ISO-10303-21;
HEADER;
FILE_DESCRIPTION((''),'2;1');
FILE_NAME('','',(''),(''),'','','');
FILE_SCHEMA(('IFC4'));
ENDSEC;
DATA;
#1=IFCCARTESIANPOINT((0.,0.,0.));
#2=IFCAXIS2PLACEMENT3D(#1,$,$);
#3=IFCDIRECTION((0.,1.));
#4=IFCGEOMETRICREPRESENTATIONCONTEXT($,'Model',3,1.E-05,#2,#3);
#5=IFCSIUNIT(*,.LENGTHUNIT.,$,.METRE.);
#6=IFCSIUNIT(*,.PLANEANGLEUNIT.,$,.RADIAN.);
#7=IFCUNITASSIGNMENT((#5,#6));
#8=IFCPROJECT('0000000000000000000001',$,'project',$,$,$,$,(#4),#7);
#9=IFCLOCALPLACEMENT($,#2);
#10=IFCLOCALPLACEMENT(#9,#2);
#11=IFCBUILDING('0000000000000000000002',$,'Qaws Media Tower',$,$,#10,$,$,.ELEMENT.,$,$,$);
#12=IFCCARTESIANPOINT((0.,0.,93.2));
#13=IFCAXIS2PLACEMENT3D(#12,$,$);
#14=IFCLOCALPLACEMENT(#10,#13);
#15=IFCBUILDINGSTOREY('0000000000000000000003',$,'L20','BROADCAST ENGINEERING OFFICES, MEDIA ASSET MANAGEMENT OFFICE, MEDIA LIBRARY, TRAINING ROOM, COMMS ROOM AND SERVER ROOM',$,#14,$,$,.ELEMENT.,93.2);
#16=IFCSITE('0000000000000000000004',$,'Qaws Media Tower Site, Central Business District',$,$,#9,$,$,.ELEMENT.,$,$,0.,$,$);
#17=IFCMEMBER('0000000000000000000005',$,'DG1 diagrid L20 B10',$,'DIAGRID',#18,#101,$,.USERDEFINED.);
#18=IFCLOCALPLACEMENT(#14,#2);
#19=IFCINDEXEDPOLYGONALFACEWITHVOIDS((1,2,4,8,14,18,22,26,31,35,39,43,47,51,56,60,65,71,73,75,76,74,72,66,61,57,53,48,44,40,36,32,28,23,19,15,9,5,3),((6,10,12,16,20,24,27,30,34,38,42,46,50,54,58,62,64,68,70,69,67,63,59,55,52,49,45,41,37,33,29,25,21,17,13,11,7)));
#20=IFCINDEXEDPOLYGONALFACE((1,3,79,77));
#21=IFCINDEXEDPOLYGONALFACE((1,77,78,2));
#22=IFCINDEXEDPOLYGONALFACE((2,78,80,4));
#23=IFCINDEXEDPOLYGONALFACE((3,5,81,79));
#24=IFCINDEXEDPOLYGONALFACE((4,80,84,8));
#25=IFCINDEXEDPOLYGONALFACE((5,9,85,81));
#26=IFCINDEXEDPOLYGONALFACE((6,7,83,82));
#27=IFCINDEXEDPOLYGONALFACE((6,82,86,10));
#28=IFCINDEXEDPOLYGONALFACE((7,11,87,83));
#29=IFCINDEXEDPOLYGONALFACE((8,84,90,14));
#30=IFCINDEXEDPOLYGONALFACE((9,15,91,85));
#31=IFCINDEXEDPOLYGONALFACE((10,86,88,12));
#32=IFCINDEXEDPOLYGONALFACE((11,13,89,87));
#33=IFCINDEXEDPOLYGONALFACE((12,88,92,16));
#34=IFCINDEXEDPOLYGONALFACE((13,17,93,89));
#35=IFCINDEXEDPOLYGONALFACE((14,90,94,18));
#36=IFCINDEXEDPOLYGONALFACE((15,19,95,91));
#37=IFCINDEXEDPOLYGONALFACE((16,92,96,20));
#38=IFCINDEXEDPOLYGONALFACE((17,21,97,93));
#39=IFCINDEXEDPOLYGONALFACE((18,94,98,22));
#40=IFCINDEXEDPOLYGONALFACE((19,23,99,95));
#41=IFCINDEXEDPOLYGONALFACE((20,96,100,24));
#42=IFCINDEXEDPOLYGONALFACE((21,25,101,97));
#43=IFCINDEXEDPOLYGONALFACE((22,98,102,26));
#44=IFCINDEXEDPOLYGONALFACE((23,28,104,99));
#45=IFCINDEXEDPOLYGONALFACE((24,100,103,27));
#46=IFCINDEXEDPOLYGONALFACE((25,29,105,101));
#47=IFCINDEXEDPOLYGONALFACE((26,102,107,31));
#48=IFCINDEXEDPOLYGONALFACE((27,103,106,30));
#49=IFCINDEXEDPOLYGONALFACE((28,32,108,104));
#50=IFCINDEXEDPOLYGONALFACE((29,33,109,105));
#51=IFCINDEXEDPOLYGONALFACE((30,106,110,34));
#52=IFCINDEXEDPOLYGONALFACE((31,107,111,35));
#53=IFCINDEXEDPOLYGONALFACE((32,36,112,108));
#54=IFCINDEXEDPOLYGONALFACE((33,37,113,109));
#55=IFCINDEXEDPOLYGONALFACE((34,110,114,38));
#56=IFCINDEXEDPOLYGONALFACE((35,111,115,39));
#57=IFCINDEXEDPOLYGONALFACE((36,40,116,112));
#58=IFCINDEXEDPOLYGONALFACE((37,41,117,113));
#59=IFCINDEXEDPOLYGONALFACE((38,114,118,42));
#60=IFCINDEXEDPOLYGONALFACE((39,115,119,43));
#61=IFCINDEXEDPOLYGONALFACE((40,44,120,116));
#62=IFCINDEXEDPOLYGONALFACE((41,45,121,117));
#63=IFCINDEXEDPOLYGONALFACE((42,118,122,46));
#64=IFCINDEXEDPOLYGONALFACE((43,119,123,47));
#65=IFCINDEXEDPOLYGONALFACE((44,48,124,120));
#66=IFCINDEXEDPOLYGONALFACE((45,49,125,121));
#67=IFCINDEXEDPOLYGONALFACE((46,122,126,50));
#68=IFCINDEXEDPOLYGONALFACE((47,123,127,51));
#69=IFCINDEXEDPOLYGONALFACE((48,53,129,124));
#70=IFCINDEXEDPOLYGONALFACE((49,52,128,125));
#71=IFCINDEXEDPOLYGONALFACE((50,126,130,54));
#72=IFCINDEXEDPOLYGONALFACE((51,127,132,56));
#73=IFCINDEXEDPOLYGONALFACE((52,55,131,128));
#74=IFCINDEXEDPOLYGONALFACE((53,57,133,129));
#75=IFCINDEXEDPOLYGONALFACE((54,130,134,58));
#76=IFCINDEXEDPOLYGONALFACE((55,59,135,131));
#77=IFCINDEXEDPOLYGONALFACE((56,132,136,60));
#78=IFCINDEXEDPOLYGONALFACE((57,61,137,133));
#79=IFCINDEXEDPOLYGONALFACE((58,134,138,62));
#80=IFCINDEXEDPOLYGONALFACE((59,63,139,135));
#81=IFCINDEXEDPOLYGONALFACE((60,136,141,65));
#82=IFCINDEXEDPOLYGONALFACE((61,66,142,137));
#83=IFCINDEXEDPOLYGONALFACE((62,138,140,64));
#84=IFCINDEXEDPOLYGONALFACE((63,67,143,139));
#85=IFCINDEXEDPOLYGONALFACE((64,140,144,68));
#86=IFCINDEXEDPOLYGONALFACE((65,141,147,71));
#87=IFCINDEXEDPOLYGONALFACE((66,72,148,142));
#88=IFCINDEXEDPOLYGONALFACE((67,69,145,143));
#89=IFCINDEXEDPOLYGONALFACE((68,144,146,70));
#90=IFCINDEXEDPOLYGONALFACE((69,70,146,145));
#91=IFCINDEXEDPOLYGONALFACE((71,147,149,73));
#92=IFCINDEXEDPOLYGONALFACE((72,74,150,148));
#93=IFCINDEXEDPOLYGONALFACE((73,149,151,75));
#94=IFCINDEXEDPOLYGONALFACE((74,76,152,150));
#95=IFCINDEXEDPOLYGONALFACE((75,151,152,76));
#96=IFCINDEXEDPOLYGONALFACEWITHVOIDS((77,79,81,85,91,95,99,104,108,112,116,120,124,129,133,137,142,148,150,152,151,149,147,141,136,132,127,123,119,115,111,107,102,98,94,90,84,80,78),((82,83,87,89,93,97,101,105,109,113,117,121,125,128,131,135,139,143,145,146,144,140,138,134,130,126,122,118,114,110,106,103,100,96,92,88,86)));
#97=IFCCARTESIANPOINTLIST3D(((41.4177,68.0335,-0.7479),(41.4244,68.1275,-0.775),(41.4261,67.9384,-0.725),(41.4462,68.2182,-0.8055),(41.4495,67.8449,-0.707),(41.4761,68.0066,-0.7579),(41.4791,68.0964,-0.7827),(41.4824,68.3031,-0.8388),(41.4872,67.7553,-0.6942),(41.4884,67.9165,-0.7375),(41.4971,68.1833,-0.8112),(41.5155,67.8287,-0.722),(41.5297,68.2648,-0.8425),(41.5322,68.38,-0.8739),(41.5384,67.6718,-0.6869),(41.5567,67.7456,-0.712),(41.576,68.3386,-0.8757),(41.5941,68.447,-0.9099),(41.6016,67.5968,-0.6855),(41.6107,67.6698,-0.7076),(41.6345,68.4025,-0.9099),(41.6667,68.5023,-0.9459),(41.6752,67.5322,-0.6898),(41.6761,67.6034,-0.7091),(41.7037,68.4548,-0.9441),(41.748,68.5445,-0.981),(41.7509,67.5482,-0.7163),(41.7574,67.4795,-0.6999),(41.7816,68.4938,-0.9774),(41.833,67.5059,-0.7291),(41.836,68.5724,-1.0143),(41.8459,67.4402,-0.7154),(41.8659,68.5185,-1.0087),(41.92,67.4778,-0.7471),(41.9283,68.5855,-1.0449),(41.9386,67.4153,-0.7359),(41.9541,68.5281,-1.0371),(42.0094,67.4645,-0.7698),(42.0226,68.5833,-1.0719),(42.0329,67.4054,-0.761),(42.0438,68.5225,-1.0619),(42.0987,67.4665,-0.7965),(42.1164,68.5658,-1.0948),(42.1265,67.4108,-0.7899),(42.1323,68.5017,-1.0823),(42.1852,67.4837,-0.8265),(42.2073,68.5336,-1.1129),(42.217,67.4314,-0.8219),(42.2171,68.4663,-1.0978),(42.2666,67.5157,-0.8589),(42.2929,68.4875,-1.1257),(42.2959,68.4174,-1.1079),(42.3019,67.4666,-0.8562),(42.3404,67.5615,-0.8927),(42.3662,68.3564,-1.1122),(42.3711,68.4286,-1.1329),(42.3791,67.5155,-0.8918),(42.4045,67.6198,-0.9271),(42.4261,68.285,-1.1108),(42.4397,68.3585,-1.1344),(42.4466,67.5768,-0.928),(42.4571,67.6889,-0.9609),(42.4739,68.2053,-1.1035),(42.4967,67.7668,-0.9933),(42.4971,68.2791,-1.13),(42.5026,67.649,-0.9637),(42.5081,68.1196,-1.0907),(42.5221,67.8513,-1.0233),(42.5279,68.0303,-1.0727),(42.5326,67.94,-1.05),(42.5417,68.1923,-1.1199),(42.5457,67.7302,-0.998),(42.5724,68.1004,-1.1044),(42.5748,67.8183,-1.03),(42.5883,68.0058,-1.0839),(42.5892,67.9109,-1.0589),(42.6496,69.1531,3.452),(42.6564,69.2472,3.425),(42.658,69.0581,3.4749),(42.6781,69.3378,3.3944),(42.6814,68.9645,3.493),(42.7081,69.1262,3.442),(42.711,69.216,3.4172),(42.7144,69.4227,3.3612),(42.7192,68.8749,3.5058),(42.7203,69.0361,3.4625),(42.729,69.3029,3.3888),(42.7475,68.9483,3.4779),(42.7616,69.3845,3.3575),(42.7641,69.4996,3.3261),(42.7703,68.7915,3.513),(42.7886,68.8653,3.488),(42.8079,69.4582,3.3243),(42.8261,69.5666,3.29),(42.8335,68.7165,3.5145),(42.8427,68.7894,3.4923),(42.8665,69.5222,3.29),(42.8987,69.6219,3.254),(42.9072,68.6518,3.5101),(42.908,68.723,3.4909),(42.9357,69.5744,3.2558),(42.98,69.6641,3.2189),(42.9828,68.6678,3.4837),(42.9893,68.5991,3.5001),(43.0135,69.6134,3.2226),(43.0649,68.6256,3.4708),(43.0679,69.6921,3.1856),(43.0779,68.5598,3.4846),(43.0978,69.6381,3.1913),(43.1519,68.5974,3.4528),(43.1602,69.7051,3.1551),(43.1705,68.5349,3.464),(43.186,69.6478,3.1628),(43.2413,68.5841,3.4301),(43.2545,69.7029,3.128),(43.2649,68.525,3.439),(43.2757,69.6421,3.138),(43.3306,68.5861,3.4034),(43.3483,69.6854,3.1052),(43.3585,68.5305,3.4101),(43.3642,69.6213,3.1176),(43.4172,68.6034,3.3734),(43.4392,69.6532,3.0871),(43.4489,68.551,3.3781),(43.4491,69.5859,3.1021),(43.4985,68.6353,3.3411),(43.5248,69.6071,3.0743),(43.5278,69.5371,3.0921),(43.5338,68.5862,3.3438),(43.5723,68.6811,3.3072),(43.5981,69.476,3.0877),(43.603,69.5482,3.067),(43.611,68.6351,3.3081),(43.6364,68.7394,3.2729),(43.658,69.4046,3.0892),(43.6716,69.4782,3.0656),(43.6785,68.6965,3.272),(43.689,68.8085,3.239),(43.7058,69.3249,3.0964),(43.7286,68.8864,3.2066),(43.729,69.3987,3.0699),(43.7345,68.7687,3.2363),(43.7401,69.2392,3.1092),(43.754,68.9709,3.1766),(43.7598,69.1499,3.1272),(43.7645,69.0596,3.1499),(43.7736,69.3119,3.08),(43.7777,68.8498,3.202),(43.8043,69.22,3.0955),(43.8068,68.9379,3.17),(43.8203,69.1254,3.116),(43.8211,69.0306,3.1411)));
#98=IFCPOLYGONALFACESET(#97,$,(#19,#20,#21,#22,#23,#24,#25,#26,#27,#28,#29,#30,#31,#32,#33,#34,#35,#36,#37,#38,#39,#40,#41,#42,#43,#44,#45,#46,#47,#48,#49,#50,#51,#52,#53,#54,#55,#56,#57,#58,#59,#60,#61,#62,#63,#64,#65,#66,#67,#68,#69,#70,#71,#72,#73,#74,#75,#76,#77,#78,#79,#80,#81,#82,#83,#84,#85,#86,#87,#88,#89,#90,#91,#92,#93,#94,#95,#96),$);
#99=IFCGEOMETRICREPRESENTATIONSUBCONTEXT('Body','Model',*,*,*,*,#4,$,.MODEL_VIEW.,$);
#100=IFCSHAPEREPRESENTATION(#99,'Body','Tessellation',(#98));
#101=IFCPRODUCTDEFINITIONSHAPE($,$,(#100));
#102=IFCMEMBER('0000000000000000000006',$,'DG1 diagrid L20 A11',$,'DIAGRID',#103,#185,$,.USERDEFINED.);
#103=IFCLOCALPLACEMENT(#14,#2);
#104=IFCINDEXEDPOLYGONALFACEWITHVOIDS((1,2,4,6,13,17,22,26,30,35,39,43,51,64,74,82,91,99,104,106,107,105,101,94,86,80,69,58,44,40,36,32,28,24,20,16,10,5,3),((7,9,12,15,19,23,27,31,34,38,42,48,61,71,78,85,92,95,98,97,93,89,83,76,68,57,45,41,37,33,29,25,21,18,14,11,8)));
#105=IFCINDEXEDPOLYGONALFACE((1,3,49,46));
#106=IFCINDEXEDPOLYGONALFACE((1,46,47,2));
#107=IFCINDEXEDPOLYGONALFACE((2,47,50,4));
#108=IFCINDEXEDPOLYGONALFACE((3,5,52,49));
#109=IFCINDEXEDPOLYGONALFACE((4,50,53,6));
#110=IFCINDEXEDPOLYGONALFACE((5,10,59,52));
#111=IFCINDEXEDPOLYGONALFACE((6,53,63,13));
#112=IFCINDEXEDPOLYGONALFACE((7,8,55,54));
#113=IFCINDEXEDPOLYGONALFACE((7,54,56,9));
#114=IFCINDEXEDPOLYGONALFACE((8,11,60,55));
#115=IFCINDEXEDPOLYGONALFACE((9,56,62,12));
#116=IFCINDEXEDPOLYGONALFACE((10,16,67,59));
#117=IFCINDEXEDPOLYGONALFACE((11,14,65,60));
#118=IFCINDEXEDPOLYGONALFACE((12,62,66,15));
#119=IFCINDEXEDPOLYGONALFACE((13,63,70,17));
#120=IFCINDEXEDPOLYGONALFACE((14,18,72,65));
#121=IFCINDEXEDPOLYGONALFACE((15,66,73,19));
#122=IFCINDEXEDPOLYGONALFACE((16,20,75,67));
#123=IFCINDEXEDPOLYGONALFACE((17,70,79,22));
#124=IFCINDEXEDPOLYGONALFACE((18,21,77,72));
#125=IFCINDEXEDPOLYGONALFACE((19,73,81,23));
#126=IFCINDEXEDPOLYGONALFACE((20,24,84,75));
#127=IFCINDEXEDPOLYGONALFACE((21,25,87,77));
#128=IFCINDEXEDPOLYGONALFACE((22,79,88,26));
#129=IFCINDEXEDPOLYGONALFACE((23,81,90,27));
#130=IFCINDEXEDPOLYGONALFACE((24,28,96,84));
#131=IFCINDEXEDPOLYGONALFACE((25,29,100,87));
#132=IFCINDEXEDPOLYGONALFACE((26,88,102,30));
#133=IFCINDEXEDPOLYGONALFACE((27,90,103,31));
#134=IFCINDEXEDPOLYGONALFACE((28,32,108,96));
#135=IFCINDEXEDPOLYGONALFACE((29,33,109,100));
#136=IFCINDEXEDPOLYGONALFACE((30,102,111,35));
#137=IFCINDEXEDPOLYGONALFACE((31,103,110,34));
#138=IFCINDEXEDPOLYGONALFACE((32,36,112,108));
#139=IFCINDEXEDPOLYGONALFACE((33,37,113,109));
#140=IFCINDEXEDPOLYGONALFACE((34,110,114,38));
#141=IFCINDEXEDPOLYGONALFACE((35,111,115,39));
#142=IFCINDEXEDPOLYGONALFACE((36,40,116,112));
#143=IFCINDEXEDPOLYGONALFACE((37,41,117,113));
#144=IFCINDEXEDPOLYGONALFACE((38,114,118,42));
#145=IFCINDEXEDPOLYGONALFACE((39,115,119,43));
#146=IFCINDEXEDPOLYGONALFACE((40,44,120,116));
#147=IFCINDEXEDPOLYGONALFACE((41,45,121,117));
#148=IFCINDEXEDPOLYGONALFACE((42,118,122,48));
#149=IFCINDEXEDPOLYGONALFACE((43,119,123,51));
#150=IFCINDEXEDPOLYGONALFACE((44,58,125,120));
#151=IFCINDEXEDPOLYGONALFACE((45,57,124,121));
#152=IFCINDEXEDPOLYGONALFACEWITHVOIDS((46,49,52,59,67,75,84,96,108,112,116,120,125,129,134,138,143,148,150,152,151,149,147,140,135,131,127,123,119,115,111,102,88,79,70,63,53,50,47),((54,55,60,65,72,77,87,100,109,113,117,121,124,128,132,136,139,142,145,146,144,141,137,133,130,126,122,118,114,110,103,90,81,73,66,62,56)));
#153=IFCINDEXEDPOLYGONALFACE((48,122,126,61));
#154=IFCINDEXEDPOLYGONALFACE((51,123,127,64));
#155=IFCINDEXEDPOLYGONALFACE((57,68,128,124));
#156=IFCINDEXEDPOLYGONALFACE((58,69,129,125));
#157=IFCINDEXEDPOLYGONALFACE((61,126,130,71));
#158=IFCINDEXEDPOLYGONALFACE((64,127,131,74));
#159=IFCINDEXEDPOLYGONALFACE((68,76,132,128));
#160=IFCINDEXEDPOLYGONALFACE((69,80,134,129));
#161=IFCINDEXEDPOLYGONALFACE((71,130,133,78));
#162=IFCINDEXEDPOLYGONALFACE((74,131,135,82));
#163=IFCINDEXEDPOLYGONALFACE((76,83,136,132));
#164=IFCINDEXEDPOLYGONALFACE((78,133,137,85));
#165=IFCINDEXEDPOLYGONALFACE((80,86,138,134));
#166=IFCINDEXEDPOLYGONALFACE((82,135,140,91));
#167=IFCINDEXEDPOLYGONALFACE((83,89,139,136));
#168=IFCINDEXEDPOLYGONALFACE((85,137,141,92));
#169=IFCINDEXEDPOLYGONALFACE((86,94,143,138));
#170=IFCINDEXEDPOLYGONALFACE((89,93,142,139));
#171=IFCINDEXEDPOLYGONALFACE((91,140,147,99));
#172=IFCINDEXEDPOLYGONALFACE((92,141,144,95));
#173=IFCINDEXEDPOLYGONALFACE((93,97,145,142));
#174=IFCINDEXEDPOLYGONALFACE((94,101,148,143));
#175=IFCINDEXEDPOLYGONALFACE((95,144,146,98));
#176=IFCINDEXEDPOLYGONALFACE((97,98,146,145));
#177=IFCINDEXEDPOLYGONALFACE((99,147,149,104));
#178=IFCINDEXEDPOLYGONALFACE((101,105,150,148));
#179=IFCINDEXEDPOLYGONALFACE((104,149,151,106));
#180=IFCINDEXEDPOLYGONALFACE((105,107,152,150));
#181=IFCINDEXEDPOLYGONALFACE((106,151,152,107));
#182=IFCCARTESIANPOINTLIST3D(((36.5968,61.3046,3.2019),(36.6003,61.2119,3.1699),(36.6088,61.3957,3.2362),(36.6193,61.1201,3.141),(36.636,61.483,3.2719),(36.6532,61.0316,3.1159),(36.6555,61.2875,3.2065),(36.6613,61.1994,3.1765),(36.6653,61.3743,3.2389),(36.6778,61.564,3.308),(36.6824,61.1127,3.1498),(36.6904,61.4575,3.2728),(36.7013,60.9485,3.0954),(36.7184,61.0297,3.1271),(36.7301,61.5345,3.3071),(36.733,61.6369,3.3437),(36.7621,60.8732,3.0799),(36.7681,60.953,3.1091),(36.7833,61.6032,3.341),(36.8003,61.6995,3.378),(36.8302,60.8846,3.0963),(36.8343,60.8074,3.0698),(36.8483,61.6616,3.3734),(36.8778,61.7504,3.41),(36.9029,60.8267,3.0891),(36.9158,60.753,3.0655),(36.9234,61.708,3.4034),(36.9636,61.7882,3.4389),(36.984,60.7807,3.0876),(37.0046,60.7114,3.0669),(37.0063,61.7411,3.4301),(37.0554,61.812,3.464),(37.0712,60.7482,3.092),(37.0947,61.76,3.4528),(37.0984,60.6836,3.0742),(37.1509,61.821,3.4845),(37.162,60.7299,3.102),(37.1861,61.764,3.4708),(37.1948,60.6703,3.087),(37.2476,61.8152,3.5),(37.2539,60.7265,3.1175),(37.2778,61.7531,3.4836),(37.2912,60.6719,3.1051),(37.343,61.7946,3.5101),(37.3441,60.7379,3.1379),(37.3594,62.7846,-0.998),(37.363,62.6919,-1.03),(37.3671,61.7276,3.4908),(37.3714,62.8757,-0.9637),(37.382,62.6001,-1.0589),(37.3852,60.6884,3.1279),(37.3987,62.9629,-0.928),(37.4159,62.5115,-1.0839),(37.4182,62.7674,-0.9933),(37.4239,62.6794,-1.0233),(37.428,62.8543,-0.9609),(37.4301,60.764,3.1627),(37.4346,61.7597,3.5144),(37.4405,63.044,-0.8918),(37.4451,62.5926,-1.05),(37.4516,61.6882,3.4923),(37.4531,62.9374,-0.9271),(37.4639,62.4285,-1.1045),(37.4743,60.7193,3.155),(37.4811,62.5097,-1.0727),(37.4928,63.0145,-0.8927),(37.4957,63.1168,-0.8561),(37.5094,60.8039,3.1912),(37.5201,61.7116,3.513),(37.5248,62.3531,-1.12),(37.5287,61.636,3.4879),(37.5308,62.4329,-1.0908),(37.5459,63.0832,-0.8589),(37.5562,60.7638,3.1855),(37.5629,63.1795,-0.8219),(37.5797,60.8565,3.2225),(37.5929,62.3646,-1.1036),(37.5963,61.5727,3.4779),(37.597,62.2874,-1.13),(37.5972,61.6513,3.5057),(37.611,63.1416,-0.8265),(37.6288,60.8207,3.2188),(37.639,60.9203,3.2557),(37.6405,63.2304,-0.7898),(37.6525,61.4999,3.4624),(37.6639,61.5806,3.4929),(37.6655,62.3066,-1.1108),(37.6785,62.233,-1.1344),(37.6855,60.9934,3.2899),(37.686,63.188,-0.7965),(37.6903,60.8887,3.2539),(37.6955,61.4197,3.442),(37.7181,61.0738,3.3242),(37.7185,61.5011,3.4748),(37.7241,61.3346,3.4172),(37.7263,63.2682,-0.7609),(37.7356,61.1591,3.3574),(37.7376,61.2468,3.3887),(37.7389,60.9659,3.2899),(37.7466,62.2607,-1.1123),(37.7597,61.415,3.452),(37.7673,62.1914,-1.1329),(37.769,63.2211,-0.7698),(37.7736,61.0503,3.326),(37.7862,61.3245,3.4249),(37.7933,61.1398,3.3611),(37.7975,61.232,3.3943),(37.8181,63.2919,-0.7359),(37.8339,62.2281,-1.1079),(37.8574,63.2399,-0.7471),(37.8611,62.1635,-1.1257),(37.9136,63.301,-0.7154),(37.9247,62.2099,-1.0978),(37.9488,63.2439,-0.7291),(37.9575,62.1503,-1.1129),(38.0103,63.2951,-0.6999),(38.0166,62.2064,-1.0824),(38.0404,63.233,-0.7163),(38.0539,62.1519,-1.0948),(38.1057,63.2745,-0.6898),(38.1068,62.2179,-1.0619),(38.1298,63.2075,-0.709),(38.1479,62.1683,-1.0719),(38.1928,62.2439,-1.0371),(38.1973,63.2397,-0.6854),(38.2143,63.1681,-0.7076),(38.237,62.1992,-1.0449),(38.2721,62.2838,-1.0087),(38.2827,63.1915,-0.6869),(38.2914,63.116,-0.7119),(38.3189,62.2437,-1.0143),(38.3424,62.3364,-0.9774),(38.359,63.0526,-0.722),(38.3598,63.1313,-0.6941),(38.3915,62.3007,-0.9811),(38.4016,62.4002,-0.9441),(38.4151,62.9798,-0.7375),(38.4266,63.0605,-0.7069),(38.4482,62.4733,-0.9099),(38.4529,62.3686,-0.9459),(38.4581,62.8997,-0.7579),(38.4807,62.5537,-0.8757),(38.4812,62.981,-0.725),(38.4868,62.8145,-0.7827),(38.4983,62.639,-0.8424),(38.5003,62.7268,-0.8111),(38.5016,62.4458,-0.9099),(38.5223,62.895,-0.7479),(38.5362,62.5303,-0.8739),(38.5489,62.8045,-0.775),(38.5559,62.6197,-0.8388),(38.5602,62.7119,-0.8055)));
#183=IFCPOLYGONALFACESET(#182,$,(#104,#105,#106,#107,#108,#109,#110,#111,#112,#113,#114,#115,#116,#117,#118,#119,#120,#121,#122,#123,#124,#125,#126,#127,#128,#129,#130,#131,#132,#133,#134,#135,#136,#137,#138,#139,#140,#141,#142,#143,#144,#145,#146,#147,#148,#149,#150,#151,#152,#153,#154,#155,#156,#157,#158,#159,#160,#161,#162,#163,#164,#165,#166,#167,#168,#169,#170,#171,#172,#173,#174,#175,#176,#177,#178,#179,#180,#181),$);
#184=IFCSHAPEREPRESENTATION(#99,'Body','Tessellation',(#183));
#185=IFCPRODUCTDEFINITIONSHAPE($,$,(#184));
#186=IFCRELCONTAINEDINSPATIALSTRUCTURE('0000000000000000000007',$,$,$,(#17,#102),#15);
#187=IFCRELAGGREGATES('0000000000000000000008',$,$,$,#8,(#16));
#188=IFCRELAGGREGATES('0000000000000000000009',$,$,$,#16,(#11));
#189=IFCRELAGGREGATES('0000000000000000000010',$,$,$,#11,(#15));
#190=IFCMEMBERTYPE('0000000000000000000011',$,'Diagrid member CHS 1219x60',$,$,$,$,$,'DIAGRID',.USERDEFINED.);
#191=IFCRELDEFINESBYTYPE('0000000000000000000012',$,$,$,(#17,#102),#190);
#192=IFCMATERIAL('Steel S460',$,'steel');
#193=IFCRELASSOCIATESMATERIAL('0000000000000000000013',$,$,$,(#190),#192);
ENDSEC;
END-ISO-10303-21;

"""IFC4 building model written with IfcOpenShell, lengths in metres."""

from ifc_helpers import new_model, si_unit, direction, frame, origin, origin_2d, place, context, subcontext, project, spatial, hollow_circle, extrude, material, material_profile, profile_set, type_object, element, save


model = new_model("IFC4")

# Units and contexts
model_context = context("Model", 3, precision=1e-05, world=origin(), true_north=direction((0.0, 1.0)))
body_context = subcontext(model_context, "Body", "Model", "MODEL_VIEW")
ifc_project = project(units=[si_unit("LENGTHUNIT", "METRE"), si_unit("PLANEANGLEUNIT", "RADIAN")], contexts=[model_context])

# Site, building, storey
site_placement = place(None, origin())
site = spatial("IfcSite", under=ifc_project, at=site_placement, Name="Qaws Media Tower Site, Central Business District", CompositionType="ELEMENT", RefElevation=0.0)
building_placement = place(site_placement, origin())
building = spatial("IfcBuilding", under=site, at=building_placement, Name="Qaws Media Tower", CompositionType="ELEMENT")
storey_placement = place(building_placement, frame((0.0, 0.0, 93.2)))
storey = spatial("IfcBuildingStorey", under=building, at=storey_placement, Name="L20", Description="BROADCAST ENGINEERING OFFICES, MEDIA ASSET MANAGEMENT OFFICE, MEDIA LIBRARY, TRAINING ROOM, COMMS ROOM AND SERVER ROOM", CompositionType="ELEMENT", Elevation=93.2)

# Members
ifc_material_1 = material(Name="Steel S460", Category="steel")
ifc_material_profile_1 = material_profile(ifc_material_1, hollow_circle(Radius=0.6096, WallThickness=0.0601, at=origin_2d()), Name="CHS 1219x60")
ifc_profile_set_1 = profile_set([ifc_material_profile_1], Name="Steel S460")
member_type_1 = type_object("IfcMemberType", Name="Diagrid member CHS 1219x60", ElementType="DIAGRID", PredefinedType="USERDEFINED", material=ifc_profile_set_1)
for number, where, z_axis, x_axis, name in (
    (1, (42.0042, 67.9958, -0.9099), (0.272682, 0.247824, 0.929638), (-0.672571, 0.740033, 0.0), "DG1 diagrid L20 B10"),
    (2, (37.9597, 62.7251, -0.9099), (-0.168815, -0.32758, 0.92962), (0.888906, -0.45809, 0.0), "DG1 diagrid L20 A11"),
):
    element("IfcMember", number, at=place(storey_placement, frame(where, z_axis=z_axis, x_axis=x_axis)), inside=storey, type_object=member_type_1, Name=name, ObjectType="DIAGRID", PredefinedType="USERDEFINED", context=body_context, shape_type="SweptSolid", body=[
        extrude(hollow_circle(Radius=0.6096, WallThickness=0.0601, at=origin_2d()), origin(), (0.0, 0.0, 1.0), 4.5178),
    ])

save(model, "model.ifc")
